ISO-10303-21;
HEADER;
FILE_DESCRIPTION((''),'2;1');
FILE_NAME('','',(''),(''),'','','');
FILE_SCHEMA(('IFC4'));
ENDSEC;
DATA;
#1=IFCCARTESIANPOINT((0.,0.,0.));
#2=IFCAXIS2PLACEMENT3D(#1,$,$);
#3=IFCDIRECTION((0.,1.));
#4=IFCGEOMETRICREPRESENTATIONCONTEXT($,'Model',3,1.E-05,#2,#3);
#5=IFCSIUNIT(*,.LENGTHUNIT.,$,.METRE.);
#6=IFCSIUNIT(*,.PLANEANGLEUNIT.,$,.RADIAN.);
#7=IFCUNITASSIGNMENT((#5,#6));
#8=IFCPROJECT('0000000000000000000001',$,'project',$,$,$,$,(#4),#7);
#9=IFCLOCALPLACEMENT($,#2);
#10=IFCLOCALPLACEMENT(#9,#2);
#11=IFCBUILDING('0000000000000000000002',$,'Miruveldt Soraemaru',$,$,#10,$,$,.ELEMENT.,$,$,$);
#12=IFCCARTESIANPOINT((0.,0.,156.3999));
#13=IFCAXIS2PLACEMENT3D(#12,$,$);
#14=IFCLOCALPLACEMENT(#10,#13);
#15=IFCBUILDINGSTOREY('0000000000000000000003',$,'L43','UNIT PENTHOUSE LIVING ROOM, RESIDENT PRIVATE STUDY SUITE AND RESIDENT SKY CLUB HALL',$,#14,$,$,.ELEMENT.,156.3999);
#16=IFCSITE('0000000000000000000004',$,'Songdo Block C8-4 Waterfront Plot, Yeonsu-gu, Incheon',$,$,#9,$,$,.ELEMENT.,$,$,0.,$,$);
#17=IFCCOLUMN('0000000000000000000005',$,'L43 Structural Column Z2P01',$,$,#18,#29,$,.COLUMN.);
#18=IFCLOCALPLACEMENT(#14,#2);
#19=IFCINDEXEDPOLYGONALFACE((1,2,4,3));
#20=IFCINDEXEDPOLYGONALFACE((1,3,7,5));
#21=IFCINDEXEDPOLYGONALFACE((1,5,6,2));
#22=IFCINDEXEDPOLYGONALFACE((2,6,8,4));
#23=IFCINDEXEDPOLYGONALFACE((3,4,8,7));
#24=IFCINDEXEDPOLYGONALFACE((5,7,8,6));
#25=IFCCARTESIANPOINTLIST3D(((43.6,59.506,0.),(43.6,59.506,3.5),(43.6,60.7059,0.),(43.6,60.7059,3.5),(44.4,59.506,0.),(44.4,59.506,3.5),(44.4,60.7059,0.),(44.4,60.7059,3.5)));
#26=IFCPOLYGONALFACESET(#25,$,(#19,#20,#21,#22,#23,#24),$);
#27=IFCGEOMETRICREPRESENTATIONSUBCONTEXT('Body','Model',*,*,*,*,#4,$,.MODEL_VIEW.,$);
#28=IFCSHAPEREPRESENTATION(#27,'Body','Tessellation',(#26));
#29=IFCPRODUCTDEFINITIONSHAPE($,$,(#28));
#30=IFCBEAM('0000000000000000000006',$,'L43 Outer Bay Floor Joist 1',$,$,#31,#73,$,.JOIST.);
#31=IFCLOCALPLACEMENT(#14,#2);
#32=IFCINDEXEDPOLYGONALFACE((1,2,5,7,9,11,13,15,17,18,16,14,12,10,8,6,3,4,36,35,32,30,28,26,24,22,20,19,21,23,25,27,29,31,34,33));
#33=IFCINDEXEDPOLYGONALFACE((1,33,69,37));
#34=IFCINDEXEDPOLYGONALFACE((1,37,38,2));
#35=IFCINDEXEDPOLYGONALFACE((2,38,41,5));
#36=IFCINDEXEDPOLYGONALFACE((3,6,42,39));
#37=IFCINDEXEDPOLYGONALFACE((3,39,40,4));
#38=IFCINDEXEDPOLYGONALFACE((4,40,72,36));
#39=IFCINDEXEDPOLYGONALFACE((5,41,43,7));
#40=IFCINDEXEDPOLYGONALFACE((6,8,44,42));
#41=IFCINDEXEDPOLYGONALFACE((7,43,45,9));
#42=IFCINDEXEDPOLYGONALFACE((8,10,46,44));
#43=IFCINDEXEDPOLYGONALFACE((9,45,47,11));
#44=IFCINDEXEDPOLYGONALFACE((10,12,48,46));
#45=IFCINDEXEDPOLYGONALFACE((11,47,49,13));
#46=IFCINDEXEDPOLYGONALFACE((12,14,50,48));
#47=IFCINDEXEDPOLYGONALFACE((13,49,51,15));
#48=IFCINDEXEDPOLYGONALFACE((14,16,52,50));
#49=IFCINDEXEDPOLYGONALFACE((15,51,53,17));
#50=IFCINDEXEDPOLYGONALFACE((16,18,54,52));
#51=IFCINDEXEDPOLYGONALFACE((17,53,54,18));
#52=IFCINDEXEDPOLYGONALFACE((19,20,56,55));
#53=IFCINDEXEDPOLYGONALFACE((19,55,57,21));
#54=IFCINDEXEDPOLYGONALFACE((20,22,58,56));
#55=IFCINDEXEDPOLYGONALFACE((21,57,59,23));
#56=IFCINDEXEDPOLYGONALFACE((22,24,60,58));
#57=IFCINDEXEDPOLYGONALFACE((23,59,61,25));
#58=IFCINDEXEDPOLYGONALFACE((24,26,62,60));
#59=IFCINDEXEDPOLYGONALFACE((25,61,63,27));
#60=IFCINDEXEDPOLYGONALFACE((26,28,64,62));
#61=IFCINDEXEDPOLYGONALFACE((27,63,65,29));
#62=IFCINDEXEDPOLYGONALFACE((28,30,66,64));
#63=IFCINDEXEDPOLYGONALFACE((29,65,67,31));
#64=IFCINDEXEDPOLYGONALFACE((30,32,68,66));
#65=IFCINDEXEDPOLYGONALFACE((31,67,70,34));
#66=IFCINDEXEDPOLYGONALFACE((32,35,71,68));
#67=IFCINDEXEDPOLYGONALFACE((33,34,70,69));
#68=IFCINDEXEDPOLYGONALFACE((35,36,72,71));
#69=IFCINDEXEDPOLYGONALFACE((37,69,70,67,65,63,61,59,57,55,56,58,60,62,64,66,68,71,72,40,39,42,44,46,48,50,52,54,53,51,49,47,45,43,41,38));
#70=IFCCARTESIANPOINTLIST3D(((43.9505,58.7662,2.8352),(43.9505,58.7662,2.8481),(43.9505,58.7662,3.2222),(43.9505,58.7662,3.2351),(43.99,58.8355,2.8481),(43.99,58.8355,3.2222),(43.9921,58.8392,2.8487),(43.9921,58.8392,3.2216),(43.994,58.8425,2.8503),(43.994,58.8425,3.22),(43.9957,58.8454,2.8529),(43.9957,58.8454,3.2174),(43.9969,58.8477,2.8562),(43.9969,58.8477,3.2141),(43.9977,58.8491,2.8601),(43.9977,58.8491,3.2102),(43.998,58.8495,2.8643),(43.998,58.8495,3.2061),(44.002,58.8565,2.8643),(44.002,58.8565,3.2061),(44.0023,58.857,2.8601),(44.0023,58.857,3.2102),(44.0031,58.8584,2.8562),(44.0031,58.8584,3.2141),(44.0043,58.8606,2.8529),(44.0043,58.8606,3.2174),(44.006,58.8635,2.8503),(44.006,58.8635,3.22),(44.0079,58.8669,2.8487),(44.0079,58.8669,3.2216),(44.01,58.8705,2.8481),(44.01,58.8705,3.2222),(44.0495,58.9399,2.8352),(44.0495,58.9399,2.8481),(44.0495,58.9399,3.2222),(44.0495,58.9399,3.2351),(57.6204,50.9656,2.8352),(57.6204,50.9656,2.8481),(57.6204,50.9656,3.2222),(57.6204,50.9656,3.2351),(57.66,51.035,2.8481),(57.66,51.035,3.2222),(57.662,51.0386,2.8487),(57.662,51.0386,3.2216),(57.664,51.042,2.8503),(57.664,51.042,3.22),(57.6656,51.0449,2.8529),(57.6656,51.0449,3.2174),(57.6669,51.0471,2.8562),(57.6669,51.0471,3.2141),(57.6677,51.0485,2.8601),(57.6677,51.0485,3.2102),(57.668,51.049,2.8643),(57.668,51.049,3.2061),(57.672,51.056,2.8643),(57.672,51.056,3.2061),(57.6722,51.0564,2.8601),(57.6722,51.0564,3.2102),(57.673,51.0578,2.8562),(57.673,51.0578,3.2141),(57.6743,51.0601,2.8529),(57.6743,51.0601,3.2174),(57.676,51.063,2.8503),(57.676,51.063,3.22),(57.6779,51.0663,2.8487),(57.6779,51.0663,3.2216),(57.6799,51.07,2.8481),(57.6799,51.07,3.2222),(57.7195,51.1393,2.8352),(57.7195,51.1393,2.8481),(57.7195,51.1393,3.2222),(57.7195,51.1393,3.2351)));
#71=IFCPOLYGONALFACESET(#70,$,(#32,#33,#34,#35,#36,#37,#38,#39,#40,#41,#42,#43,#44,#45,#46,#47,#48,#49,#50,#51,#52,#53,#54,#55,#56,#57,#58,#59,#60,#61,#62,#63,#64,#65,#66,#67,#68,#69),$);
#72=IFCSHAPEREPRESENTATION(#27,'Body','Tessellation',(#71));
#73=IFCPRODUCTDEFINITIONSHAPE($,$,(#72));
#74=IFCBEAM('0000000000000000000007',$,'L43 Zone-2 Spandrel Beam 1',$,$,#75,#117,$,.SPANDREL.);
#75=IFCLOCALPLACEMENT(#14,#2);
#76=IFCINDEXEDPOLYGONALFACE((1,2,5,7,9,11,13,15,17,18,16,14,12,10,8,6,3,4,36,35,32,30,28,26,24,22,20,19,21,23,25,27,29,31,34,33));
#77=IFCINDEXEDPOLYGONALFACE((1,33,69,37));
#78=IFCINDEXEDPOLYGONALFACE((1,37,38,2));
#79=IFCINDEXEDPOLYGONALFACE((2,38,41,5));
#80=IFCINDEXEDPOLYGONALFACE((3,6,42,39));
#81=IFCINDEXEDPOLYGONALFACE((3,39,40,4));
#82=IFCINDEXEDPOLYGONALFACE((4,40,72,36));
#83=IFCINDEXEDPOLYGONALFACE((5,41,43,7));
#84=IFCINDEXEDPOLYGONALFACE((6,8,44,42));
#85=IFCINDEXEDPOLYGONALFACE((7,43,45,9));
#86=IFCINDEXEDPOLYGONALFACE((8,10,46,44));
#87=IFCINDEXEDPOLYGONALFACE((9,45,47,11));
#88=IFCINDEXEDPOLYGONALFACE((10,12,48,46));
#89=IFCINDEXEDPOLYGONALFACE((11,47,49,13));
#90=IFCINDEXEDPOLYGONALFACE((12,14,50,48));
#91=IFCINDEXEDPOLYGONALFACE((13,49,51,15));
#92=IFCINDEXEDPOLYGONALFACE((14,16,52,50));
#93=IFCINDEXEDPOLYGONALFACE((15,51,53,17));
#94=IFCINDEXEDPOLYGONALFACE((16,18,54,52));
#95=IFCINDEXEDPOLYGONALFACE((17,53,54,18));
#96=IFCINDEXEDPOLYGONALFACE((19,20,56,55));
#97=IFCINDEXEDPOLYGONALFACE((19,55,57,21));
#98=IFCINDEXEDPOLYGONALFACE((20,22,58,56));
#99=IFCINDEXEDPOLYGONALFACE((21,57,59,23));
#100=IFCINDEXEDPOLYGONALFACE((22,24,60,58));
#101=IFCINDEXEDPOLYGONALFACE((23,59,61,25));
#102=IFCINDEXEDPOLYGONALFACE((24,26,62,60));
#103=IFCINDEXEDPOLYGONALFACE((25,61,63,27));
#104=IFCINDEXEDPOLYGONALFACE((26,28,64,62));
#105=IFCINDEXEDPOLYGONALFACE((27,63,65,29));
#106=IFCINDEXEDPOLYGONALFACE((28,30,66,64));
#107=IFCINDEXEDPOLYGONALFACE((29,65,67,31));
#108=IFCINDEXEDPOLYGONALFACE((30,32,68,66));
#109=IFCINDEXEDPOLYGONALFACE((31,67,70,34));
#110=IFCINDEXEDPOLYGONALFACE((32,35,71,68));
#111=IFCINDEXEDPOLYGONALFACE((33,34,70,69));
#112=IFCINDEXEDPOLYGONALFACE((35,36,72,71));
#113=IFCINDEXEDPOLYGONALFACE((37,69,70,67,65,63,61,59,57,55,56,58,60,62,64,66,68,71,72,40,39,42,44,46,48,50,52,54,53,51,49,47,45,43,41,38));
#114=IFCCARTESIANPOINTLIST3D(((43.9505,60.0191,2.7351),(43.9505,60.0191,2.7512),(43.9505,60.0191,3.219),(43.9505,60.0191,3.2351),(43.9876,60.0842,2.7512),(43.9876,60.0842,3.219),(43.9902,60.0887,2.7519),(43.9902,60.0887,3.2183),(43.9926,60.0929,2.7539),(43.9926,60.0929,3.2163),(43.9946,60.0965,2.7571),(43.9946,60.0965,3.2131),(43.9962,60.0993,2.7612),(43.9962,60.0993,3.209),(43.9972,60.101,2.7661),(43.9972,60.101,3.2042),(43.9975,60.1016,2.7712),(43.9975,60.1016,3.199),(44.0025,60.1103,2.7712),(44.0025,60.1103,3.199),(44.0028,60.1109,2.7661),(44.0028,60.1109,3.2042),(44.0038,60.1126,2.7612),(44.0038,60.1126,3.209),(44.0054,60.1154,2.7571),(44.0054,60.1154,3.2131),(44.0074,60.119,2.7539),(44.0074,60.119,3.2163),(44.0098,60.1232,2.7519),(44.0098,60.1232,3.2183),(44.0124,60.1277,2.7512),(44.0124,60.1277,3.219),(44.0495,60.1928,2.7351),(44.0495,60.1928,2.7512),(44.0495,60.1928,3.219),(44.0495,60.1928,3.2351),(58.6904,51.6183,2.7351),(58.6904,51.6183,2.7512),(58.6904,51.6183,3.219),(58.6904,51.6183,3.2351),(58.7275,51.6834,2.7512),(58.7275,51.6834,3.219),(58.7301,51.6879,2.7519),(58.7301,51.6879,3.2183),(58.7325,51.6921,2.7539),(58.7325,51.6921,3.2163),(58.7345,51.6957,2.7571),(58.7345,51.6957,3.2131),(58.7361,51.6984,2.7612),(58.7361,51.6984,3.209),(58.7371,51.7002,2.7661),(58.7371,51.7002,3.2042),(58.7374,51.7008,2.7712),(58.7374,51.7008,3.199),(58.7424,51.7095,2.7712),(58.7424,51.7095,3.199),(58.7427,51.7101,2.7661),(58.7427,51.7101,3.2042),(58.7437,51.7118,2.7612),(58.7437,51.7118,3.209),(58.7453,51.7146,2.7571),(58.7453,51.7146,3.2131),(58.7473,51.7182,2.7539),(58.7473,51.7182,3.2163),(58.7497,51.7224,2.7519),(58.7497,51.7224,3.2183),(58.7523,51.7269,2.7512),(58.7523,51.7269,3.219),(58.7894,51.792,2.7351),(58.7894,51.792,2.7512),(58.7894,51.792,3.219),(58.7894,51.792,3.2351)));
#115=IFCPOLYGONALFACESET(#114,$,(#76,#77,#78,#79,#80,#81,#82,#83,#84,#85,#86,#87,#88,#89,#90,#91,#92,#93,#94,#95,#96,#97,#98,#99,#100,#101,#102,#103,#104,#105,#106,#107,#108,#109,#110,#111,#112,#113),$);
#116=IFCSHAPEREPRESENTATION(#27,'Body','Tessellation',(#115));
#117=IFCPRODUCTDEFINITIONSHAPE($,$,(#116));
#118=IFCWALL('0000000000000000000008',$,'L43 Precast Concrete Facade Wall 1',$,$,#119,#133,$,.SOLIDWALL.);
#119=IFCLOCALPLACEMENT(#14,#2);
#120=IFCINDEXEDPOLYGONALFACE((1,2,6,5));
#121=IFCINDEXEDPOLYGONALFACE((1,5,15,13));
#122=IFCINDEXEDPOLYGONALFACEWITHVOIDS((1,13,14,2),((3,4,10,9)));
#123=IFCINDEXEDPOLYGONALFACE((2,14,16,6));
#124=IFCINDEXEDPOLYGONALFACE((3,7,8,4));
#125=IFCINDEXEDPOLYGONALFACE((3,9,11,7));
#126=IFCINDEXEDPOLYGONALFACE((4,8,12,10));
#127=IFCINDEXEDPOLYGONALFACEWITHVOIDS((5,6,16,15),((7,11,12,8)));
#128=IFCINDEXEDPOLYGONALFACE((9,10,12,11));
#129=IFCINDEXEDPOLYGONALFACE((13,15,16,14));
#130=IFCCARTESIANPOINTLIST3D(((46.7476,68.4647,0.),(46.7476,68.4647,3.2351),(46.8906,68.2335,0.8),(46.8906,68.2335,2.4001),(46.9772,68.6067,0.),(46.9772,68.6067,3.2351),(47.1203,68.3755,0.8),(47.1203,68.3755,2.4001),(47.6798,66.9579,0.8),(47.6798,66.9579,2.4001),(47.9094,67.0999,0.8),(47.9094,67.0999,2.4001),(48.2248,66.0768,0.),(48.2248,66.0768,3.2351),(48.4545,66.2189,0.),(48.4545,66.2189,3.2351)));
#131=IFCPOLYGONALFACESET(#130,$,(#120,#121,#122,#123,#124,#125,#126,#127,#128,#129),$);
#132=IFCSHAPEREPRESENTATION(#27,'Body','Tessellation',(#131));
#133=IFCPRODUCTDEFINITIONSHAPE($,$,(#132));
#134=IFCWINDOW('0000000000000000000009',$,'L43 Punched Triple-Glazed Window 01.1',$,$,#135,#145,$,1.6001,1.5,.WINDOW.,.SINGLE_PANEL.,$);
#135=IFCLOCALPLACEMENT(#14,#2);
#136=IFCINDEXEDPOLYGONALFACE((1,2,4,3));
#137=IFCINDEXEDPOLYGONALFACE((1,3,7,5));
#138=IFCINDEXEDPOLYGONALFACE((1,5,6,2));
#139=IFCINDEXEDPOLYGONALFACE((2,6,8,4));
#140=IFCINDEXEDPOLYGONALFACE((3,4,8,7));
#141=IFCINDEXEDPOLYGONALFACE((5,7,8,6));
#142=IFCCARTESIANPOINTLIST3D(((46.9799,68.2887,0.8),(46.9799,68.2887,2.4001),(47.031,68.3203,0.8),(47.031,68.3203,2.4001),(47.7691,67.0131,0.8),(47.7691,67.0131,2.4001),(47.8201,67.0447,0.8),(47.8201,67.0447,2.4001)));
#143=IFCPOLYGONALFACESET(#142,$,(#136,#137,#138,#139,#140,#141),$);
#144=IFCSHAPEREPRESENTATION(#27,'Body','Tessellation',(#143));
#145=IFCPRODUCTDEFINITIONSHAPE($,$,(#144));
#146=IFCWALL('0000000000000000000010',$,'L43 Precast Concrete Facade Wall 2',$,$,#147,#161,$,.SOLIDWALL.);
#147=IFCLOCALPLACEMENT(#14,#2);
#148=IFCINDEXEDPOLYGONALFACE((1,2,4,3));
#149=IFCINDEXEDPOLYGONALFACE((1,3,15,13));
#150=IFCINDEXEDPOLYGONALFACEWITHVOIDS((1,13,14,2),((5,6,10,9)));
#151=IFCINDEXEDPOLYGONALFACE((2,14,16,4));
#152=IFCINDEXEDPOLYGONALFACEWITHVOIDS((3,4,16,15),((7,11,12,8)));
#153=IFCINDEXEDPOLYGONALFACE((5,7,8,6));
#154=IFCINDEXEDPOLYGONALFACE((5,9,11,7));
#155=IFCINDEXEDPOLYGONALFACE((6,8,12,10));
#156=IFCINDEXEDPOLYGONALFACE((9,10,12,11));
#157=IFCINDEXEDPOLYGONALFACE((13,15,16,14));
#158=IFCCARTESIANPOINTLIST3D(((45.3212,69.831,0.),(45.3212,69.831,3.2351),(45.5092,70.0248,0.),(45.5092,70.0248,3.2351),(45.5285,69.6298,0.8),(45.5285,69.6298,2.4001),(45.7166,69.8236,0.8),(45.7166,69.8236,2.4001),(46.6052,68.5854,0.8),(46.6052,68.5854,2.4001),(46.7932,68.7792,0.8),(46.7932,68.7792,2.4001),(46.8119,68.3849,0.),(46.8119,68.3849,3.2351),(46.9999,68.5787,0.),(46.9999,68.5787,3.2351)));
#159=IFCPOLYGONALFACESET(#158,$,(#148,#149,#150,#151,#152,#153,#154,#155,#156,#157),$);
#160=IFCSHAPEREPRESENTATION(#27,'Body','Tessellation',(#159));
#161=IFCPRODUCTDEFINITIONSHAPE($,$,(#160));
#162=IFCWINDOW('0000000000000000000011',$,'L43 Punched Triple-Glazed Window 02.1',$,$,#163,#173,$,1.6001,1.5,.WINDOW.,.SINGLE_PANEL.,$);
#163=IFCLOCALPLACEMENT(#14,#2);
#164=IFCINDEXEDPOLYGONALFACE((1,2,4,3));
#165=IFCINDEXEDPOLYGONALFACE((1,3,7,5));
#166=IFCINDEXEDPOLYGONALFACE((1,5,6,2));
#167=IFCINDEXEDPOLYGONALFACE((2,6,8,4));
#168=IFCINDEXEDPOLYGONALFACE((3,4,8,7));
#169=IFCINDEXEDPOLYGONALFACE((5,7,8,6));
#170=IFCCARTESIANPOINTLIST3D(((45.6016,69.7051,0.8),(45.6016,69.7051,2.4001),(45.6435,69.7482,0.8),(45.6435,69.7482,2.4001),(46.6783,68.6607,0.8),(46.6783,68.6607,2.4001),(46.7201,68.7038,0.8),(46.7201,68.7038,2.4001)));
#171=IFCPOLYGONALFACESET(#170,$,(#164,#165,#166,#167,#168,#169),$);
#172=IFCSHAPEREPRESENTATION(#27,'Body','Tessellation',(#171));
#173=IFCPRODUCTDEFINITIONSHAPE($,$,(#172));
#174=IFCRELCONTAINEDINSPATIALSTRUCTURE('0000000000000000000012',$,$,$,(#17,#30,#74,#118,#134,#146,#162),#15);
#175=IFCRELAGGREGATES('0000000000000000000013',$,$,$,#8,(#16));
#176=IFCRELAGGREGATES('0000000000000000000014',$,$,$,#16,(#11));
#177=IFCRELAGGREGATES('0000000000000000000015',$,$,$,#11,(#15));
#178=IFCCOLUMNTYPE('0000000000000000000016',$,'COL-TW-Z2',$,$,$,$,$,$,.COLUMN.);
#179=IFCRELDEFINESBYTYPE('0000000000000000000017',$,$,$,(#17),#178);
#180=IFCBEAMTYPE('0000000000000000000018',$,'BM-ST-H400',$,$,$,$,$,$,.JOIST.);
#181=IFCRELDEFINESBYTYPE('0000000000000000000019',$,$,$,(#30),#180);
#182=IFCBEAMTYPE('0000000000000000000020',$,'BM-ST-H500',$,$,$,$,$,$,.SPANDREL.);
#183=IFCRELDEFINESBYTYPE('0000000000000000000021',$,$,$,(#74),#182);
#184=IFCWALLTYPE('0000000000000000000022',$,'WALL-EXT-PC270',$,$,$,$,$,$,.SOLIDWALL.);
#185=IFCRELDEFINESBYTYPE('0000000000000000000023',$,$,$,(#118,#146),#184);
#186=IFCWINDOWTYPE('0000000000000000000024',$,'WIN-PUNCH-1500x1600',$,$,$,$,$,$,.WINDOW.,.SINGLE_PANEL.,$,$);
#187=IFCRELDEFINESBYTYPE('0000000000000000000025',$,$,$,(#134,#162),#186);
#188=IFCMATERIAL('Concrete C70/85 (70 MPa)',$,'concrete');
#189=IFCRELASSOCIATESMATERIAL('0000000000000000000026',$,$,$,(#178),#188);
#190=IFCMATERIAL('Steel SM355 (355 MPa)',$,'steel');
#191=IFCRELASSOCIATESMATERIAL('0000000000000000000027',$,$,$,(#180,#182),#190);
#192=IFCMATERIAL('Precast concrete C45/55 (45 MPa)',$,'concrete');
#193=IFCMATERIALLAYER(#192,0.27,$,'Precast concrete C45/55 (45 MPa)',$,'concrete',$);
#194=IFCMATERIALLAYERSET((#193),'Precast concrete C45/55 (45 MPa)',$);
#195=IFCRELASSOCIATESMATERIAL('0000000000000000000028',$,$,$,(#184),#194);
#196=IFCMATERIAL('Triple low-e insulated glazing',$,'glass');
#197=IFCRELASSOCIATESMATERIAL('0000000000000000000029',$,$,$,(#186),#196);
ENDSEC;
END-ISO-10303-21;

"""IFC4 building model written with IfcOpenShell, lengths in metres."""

from ifc_helpers import new_model, si_unit, direction, frame, frame_2d, origin, origin_2d, place, context, subcontext, project, spatial, rectangle, i_section, extrude, material, layer, layer_set, material_profile, profile_set, type_object, element, fill, save


model = new_model("IFC4")

# Units and contexts
model_context = context("Model", 3, precision=1e-05, world=origin(), true_north=direction((0.0, 1.0)))
body_context = subcontext(model_context, "Body", "Model", "MODEL_VIEW")
ifc_project = project(units=[si_unit("LENGTHUNIT", "METRE"), si_unit("PLANEANGLEUNIT", "RADIAN")], contexts=[model_context])

# Site, building, storey
site_placement = place(None, origin())
site = spatial("IfcSite", under=ifc_project, at=site_placement, Name="Songdo Block C8-4 Waterfront Plot, Yeonsu-gu, Incheon", CompositionType="ELEMENT", RefElevation=0.0)
building_placement = place(site_placement, origin())
building = spatial("IfcBuilding", under=site, at=building_placement, Name="Miruveldt Soraemaru", CompositionType="ELEMENT")
storey_placement = place(building_placement, frame((0.0, 0.0, 156.3999)))
storey = spatial("IfcBuildingStorey", under=building, at=storey_placement, Name="L43", Description="UNIT PENTHOUSE LIVING ROOM, RESIDENT PRIVATE STUDY SUITE AND RESIDENT SKY CLUB HALL", CompositionType="ELEMENT", Elevation=156.3999)

# Column
ifc_material_1 = material(Name="Concrete C70/85 (70 MPa)", Category="concrete")
ifc_material_profile_1 = material_profile(ifc_material_1, rectangle(XDim=1.2, YDim=0.8, at=origin_2d()), Name="Concrete C70/85 (70 MPa)", Category="concrete")
ifc_profile_set_1 = profile_set([ifc_material_profile_1], Name="Concrete C70/85 (70 MPa)")
column_type = type_object("IfcColumnType", Name="COL-TW-Z2", PredefinedType="COLUMN", material=ifc_profile_set_1)
column_placement = place(storey_placement, frame((44.0, 60.106, 0.0), z_axis=(0.0, 0.0, 1.0), x_axis=(0.0, 1.0, 0.0)))
element("IfcColumn", 1, at=column_placement, inside=storey, type_object=column_type, Name="L43 Structural Column Z2P01", PredefinedType="COLUMN", context=body_context, shape_type="SweptSolid", body=[
    extrude(rectangle(XDim=1.2, YDim=0.8, at=origin_2d()), origin(), (0.0, 0.0, 1.0), 3.5),
])

# Beams
ifc_material_2 = material(Name="Steel SM355 (355 MPa)", Category="steel")
ifc_material_profile_2 = material_profile(ifc_material_2, i_section(OverallWidth=0.2, OverallDepth=0.3999, WebThickness=0.0081, FlangeThickness=0.0129, FilletRadius=0.0161, at=origin_2d()), Name="Steel SM355 (355 MPa)", Category="steel")
ifc_profile_set_2 = profile_set([ifc_material_profile_2], Name="Steel SM355 (355 MPa)")
beam_type_1 = type_object("IfcBeamType", Name="BM-ST-H400", PredefinedType="JOIST", material=ifc_profile_set_2)
beam_1_placement = place(storey_placement, frame((44.0, 58.853, 3.0352), z_axis=(0.86854, -0.495619, 0.0), x_axis=(0.495619, 0.86854, 0.0)))
element("IfcBeam", 2, at=beam_1_placement, inside=storey, type_object=beam_type_1, Name="L43 Outer Bay Floor Joist 1", PredefinedType="JOIST", context=body_context, shape_type="SweptSolid", body=[
    extrude(i_section(OverallWidth=0.2, OverallDepth=0.3999, WebThickness=0.0081, FlangeThickness=0.0129, FilletRadius=0.0161, at=origin_2d()), origin(), (0.0, 0.0, 1.0), 15.739),
])
ifc_material_profile_3 = material_profile(ifc_material_2, i_section(OverallWidth=0.2, OverallDepth=0.5, WebThickness=0.01, FlangeThickness=0.0161, FilletRadius=0.02, at=origin_2d()), Name="Steel SM355 (355 MPa)", Category="steel")
ifc_profile_set_3 = profile_set([ifc_material_profile_3], Name="Steel SM355 (355 MPa)")
beam_type_2 = type_object("IfcBeamType", Name="BM-ST-H500", PredefinedType="SPANDREL", material=ifc_profile_set_3)
beam_2_placement = place(storey_placement, frame((44.0, 60.106, 2.9851), z_axis=(0.8688, -0.495162, 0.0), x_axis=(0.495162, 0.8688, 0.0)))
element("IfcBeam", 3, at=beam_2_placement, inside=storey, type_object=beam_type_2, Name="L43 Zone-2 Spandrel Beam 1", PredefinedType="SPANDREL", context=body_context, shape_type="SweptSolid", body=[
    extrude(i_section(OverallWidth=0.2, OverallDepth=0.5, WebThickness=0.01, FlangeThickness=0.0161, FilletRadius=0.02, at=origin_2d()), origin(), (0.0, 0.0, 1.0), 16.9658),
])

# Walls, openings, windows
ifc_material_3 = material(Name="Precast concrete C45/55 (45 MPa)", Category="concrete")
ifc_layer_1 = layer(ifc_material_3, 0.27, Name="Precast concrete C45/55 (45 MPa)", Category="concrete")
ifc_layer_set_1 = layer_set([ifc_layer_1], Name="Precast concrete C45/55 (45 MPa)")
wall_type_1 = type_object("IfcWallType", Name="WALL-EXT-PC270", PredefinedType="SOLIDWALL", material=ifc_layer_set_1)
wall_1_placement = place(storey_placement, frame((48.3396, 66.1479, 0.0), z_axis=(0.0, 0.0, 1.0), x_axis=(-0.526109, 0.850417, 0.0)))
wall_1 = element("IfcWall", 4, at=wall_1_placement, inside=storey, type_object=wall_type_1, Name="L43 Precast Concrete Facade Wall 1", PredefinedType="SOLIDWALL", context=body_context, shape_type="SweptSolid", body=[
    extrude(rectangle(XDim=2.8079, YDim=0.27, at=frame_2d((1.4038, 0.0))), origin(), (0.0, 0.0, 1.0), 3.2351),
])
opening_1_placement = place(wall_1_placement, frame((1.0359, 0.0, 0.8)))
opening_1 = element("IfcOpeningElement", 5, at=opening_1_placement, cuts=wall_1, PredefinedType="OPENING", context=body_context, shape_type="SweptSolid", body=[
    extrude(rectangle(XDim=1.5, YDim=1.6001, at=frame_2d((0.75, 0.8))), frame((0.0, 0.145, 0.0), z_axis=(0.0, -1.0, 0.0), x_axis=(1.0, 0.0, 0.0)), (0.0, 0.0, 1.0), 0.29),
])
ifc_material_4 = material(Name="Triple low-e insulated glazing", Category="glass")
window_type_1 = type_object("IfcWindowType", Name="WIN-PUNCH-1500x1600", PartitioningType="SINGLE_PANEL", PredefinedType="WINDOW", material=ifc_material_4)
window_1_placement = place(opening_1_placement, origin())
window_1 = element("IfcWindow", 6, at=window_1_placement, inside=storey, type_object=window_type_1, Name="L43 Punched Triple-Glazed Window 01.1", OverallHeight=1.6001, OverallWidth=1.5, PartitioningType="SINGLE_PANEL", PredefinedType="WINDOW", context=body_context, shape_type="SweptSolid", body=[
    extrude(rectangle(XDim=1.5, YDim=1.6001, at=frame_2d((0.75, 0.8))), frame((0.0, 0.03, 0.0), z_axis=(0.0, -1.0, 0.0), x_axis=(1.0, 0.0, 0.0)), (0.0, 0.0, 1.0), 0.0601),
])
fill(opening_1, window_1)
wall_2_placement = place(storey_placement, frame((46.906, 68.4817, 0.0), z_axis=(0.0, 0.0, 1.0), x_axis=(-0.717781, 0.696269, 0.0)))
wall_2 = element("IfcWall", 7, at=wall_2_placement, inside=storey, type_object=wall_type_1, Name="L43 Precast Concrete Facade Wall 2", PredefinedType="SOLIDWALL", context=body_context, shape_type="SweptSolid", body=[
    extrude(rectangle(XDim=2.0769, YDim=0.27, at=frame_2d((1.0386, 0.0))), origin(), (0.0, 0.0, 1.0), 3.2351),
])
opening_2_placement = place(wall_2_placement, frame((0.2881, 0.0, 0.8)))
opening_2 = element("IfcOpeningElement", 8, at=opening_2_placement, cuts=wall_2, PredefinedType="OPENING", context=body_context, shape_type="SweptSolid", body=[
    extrude(rectangle(XDim=1.5, YDim=1.6001, at=frame_2d((0.75, 0.8))), frame((0.0, 0.145, 0.0), z_axis=(0.0, -1.0, 0.0), x_axis=(1.0, 0.0, 0.0)), (0.0, 0.0, 1.0), 0.29),
])
window_2_placement = place(opening_2_placement, origin())
window_2 = element("IfcWindow", 9, at=window_2_placement, inside=storey, type_object=window_type_1, Name="L43 Punched Triple-Glazed Window 02.1", OverallHeight=1.6001, OverallWidth=1.5, PartitioningType="SINGLE_PANEL", PredefinedType="WINDOW", context=body_context, shape_type="SweptSolid", body=[
    extrude(rectangle(XDim=1.5, YDim=1.6001, at=frame_2d((0.75, 0.8))), frame((0.0, 0.03, 0.0), z_axis=(0.0, -1.0, 0.0), x_axis=(1.0, 0.0, 0.0)), (0.0, 0.0, 1.0), 0.0601),
])
fill(opening_2, window_2)

save(model, "model.ifc")
